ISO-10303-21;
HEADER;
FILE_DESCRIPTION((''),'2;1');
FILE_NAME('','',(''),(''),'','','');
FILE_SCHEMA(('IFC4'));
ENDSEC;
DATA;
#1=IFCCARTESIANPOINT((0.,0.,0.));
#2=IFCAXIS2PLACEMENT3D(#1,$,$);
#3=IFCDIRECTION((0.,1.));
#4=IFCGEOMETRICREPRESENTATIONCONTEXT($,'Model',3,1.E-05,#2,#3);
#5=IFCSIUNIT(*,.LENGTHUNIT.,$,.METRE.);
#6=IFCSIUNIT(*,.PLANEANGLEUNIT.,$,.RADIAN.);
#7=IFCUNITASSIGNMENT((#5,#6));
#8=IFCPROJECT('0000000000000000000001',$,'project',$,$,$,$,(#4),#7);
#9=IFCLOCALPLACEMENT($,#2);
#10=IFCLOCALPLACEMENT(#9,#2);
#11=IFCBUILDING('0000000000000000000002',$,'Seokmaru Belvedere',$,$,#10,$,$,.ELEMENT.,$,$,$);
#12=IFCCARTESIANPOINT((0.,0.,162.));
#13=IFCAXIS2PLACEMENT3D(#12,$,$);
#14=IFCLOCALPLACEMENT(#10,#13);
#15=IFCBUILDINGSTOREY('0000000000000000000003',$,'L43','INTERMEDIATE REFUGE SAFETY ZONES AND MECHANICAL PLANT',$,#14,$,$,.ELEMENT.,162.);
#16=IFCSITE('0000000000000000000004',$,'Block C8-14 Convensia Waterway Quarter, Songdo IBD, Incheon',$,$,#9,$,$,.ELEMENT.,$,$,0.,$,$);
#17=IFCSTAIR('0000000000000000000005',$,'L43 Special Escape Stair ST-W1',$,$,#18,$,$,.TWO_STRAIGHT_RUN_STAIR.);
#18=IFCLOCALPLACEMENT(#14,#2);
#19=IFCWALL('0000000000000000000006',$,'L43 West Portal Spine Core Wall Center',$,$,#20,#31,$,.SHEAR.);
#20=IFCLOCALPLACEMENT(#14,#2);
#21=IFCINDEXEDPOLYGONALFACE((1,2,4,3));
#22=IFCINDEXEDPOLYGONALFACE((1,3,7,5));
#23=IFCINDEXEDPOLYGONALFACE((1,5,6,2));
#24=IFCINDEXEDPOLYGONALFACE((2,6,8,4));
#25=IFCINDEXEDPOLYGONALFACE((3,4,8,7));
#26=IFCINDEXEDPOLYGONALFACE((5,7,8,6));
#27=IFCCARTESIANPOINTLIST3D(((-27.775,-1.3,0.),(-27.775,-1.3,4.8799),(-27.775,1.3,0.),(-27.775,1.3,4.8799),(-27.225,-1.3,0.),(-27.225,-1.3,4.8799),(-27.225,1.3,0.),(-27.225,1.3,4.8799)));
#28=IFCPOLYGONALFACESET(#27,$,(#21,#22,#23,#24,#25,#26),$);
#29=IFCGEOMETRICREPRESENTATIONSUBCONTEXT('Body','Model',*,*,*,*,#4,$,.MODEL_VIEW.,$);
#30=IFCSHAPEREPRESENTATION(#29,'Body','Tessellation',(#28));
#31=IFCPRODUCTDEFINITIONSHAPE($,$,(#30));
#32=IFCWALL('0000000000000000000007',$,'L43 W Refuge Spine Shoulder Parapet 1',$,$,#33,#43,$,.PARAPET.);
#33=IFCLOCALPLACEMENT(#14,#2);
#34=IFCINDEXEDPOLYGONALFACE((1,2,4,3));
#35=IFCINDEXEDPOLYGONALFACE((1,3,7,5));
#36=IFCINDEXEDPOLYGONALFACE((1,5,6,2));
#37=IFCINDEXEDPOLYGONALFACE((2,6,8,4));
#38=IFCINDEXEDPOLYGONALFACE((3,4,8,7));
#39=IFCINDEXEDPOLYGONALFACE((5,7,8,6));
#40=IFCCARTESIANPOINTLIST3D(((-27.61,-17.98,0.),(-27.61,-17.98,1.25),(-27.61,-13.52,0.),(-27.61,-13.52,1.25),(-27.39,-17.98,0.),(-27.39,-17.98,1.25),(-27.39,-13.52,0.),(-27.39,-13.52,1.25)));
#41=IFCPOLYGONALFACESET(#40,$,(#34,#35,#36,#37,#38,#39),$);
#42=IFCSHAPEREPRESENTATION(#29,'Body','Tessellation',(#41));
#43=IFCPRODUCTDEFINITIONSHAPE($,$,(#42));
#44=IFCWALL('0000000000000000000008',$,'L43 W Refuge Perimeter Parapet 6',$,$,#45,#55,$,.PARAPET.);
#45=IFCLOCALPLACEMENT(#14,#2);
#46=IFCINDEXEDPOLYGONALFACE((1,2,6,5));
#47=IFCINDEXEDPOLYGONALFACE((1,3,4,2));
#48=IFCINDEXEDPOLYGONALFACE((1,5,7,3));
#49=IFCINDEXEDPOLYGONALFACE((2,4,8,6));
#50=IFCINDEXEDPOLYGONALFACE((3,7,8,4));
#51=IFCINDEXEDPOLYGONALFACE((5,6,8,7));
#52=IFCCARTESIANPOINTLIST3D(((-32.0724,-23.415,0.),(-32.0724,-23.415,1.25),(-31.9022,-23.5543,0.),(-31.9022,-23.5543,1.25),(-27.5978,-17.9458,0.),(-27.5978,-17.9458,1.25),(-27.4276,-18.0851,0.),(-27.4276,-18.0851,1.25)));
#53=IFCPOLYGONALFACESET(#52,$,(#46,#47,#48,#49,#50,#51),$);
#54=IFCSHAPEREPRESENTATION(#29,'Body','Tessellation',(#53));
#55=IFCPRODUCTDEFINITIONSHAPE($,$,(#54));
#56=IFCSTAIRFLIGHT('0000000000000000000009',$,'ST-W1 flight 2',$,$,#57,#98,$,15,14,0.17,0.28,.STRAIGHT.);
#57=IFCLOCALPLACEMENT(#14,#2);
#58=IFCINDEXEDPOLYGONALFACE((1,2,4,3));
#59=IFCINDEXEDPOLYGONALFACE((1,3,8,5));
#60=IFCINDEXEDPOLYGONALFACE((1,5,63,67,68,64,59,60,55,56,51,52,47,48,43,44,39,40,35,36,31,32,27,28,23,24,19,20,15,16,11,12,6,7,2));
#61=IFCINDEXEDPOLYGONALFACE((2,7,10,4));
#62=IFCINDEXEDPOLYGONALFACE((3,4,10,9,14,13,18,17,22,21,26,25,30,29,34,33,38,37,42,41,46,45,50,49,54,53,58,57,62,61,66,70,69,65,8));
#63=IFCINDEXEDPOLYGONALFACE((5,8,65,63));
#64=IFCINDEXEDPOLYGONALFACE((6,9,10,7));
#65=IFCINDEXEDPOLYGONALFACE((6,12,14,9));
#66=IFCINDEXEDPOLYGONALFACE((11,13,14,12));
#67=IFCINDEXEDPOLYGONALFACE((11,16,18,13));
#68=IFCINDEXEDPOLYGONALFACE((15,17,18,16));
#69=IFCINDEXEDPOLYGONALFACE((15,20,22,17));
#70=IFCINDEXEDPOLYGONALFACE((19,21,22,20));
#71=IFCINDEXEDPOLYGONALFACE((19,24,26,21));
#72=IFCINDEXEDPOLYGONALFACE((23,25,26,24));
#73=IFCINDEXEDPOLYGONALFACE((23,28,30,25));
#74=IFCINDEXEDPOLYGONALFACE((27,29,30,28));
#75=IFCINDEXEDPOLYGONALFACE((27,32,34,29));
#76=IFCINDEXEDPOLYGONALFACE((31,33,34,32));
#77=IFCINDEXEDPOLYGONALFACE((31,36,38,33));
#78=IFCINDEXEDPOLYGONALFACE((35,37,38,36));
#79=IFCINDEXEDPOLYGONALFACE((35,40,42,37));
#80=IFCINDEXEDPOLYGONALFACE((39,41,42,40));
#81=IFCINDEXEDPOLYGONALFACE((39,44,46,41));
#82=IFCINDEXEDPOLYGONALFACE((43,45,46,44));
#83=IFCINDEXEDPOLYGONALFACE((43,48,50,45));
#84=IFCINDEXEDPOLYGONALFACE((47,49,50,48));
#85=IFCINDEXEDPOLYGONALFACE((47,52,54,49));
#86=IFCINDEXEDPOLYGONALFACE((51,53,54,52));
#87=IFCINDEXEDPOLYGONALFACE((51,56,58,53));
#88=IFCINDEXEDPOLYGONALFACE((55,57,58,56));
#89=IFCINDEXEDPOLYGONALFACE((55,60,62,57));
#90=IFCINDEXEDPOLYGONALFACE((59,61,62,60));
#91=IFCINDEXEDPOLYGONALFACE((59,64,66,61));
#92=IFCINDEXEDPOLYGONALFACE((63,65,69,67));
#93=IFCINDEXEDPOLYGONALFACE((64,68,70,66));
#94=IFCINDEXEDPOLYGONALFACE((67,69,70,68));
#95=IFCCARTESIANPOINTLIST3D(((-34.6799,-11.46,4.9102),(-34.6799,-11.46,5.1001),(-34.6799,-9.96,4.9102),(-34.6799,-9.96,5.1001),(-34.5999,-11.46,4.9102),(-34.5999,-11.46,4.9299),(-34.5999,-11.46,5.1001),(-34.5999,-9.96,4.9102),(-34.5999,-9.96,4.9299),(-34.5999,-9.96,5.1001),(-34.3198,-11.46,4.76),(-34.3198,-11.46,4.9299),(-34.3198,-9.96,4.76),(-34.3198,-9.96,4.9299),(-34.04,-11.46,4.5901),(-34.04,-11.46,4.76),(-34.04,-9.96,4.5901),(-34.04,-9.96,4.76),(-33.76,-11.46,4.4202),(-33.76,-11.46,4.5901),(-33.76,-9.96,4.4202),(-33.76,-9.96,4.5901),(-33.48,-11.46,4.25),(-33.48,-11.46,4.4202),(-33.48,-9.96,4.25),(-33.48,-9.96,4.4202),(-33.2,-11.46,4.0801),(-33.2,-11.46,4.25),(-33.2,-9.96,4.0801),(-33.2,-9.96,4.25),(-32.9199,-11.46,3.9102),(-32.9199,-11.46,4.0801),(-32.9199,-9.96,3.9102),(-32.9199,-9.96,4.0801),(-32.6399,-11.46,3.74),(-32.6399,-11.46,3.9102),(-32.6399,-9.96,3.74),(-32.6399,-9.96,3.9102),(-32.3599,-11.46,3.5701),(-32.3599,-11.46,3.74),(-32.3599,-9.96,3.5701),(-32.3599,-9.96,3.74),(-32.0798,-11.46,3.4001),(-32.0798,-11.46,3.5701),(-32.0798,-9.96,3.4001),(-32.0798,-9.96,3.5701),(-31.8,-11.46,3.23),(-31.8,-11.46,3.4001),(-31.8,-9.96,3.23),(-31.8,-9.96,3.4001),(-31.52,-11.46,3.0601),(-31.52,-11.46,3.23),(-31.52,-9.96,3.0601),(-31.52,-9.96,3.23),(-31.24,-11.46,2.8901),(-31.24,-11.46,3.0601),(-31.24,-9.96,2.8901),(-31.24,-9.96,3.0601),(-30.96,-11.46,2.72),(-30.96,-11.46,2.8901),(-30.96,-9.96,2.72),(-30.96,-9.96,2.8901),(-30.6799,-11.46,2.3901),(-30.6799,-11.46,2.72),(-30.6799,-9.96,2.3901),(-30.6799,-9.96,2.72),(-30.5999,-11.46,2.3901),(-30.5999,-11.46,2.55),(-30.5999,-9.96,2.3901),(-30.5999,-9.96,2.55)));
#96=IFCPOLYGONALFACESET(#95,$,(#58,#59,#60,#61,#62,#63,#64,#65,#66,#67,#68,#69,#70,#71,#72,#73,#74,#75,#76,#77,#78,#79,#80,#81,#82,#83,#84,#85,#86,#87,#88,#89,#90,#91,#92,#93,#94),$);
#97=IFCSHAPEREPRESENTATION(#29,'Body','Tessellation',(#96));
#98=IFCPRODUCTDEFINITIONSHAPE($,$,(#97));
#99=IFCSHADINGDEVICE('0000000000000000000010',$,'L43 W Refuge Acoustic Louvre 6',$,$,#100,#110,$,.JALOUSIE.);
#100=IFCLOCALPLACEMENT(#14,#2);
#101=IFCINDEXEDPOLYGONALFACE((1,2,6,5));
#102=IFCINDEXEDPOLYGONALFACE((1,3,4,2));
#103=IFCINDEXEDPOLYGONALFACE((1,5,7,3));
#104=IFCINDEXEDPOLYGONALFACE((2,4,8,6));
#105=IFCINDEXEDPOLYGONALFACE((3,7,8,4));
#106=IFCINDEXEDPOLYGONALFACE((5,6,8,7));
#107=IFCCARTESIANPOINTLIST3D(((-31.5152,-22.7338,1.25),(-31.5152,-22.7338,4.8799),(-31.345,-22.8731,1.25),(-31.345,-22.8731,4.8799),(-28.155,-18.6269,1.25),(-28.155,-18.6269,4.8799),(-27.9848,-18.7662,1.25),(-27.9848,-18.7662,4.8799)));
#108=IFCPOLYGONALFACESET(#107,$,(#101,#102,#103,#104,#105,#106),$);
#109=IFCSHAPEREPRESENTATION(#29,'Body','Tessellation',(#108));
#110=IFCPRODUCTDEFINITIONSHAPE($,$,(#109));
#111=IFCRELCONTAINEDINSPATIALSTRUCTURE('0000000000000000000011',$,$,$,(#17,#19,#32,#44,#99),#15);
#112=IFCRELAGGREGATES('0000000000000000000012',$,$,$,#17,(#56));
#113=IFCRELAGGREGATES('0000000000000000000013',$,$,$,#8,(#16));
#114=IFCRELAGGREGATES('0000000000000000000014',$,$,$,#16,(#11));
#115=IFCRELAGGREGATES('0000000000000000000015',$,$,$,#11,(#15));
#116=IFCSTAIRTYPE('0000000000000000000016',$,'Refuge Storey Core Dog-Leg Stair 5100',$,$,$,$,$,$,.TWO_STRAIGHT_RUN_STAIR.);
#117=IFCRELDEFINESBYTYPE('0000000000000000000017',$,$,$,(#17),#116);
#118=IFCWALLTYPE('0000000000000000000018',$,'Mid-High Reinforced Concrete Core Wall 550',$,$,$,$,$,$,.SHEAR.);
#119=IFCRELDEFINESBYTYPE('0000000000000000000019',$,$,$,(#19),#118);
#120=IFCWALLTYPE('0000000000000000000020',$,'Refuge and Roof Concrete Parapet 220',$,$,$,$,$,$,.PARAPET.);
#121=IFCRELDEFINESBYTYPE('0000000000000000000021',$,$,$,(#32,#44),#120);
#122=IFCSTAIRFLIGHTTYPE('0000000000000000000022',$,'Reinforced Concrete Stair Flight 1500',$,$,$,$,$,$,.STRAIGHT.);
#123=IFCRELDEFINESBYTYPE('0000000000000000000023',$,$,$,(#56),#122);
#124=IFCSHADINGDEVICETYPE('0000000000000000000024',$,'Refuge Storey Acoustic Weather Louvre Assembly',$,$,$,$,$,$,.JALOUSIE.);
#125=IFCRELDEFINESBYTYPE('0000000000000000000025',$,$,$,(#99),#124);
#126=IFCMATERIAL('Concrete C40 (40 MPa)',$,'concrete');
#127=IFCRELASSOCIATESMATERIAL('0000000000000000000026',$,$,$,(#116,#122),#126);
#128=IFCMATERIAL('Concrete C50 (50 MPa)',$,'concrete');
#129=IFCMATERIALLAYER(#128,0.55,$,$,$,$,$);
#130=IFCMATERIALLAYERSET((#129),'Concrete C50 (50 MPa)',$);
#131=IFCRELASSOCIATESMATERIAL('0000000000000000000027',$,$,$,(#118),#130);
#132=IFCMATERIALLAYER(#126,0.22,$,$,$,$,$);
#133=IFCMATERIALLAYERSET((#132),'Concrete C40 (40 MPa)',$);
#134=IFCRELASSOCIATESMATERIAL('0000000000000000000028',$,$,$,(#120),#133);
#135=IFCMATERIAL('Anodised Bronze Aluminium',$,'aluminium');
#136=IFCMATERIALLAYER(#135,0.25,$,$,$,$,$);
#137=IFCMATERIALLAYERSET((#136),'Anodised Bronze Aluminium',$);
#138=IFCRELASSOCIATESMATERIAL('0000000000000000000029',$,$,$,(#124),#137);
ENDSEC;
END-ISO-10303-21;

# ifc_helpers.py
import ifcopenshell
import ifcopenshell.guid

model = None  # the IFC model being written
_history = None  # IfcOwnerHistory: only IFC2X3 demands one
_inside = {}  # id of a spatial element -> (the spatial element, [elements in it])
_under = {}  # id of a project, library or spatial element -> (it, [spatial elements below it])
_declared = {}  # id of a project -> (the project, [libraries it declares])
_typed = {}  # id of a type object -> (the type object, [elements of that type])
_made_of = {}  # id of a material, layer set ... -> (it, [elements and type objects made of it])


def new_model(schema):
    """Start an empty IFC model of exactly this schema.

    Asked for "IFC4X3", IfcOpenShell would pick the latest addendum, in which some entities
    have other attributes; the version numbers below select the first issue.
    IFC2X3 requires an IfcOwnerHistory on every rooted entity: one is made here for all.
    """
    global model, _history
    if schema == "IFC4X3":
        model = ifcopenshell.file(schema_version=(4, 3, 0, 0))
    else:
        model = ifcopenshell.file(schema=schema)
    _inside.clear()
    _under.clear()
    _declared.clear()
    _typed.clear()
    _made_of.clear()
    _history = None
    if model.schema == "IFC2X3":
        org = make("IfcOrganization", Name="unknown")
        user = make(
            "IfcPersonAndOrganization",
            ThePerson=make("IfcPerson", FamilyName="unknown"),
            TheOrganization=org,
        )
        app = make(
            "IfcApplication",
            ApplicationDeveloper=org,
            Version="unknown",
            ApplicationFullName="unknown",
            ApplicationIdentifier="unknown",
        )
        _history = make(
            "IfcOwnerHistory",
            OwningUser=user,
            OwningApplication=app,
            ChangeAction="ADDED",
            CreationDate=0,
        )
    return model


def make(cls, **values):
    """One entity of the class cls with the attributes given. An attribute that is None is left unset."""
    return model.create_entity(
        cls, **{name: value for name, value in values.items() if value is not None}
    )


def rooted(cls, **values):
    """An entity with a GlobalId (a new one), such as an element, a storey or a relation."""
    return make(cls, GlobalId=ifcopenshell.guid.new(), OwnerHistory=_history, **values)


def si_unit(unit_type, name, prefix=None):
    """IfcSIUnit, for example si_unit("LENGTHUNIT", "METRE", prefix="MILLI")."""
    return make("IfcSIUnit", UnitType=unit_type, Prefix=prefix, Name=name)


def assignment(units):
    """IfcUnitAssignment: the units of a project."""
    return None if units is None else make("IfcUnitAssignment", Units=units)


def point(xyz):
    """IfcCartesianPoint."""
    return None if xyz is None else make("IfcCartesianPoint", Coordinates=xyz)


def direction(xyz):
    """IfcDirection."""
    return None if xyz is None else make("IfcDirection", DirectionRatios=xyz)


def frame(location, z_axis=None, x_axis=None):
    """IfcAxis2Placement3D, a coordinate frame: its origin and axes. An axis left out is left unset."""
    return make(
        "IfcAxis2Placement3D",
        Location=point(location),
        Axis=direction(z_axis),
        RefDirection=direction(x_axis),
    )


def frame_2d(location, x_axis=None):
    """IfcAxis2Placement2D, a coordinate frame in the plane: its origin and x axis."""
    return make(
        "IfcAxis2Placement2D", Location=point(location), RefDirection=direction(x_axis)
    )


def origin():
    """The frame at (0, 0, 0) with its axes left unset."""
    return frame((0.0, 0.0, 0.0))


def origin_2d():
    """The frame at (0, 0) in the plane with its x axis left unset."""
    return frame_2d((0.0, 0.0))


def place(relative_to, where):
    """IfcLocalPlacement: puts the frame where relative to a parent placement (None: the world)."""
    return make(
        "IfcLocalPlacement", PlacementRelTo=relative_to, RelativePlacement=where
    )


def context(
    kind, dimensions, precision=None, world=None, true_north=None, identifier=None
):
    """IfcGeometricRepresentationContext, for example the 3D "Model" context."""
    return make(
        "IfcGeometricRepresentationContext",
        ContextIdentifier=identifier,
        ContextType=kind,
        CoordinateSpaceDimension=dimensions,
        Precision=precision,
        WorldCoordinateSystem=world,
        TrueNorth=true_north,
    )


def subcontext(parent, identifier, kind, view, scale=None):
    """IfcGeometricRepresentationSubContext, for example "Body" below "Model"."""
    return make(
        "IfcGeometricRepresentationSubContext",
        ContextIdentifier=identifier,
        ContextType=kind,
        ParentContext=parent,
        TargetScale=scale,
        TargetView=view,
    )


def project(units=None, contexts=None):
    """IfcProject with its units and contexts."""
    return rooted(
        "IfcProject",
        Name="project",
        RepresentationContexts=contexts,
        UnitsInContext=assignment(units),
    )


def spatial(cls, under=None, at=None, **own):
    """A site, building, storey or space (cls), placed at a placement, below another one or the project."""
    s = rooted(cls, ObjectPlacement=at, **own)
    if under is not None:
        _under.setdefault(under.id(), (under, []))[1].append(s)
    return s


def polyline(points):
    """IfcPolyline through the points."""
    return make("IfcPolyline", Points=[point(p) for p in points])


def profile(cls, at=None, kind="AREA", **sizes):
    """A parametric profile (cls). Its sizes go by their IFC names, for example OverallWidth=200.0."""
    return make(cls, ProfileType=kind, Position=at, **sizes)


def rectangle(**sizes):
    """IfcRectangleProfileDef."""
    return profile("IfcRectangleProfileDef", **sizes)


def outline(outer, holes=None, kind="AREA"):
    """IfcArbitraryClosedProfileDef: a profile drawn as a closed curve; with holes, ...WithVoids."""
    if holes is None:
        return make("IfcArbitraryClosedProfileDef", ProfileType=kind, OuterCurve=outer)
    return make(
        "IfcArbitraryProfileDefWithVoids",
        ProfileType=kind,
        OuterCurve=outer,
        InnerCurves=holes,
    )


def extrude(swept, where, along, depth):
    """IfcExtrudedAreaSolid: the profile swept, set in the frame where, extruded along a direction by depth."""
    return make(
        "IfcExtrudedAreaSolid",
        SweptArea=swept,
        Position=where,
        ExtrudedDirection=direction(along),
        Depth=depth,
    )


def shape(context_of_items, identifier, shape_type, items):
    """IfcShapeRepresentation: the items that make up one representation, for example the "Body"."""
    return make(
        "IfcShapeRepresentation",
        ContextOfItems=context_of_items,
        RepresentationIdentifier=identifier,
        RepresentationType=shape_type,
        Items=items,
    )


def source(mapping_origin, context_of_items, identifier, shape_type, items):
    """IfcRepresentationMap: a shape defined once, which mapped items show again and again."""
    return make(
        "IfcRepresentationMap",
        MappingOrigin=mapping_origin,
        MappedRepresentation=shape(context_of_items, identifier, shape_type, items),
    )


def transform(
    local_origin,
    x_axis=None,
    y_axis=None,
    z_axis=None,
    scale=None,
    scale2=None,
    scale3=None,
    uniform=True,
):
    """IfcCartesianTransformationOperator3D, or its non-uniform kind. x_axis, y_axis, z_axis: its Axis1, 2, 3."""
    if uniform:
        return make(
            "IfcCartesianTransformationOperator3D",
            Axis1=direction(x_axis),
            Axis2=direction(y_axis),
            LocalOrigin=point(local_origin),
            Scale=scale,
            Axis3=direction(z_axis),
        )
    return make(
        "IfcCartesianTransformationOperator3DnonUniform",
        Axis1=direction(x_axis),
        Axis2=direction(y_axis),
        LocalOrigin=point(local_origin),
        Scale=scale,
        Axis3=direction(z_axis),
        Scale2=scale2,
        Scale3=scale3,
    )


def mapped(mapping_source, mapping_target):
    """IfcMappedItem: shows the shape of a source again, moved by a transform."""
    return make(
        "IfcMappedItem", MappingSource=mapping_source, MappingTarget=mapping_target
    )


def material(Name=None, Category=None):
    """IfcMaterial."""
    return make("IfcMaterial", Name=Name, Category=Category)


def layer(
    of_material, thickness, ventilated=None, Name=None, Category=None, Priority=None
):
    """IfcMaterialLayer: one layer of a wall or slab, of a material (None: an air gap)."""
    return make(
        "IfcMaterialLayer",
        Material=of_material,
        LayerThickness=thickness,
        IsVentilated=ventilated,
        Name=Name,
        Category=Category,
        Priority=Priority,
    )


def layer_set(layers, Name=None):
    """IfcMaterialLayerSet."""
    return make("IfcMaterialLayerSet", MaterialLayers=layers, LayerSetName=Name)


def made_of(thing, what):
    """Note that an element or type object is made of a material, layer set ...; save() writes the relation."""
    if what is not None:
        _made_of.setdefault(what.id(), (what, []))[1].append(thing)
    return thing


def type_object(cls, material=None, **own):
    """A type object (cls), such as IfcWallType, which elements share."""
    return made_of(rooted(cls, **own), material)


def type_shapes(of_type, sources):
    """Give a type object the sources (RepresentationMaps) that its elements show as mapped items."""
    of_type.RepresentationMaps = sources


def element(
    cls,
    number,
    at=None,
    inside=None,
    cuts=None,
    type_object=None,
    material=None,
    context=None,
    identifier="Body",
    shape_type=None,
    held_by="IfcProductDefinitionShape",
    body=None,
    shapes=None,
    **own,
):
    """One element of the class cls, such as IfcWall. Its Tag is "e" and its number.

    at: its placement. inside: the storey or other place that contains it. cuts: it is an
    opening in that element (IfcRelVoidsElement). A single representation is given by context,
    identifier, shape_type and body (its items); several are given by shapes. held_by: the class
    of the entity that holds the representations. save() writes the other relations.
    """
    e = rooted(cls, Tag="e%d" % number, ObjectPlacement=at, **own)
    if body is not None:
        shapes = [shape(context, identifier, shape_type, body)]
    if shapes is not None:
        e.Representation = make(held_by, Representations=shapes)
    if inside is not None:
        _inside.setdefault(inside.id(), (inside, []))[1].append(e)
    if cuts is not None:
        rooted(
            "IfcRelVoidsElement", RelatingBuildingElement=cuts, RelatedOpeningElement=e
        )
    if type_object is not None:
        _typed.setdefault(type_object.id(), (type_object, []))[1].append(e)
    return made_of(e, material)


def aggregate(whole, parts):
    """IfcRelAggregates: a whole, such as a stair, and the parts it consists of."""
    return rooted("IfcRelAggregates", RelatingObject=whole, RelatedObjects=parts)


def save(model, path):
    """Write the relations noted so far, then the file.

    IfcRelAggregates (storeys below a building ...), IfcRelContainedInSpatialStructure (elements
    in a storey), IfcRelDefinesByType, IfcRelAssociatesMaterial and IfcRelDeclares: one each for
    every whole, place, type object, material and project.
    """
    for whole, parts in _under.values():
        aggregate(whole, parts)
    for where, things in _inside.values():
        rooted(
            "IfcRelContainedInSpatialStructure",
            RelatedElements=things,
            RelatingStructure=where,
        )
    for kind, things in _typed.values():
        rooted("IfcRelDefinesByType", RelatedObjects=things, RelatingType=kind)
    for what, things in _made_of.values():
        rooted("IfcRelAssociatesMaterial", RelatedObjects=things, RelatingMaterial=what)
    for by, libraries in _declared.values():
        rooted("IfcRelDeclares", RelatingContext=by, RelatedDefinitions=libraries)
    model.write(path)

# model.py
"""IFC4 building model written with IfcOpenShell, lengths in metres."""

from ifc_helpers import new_model, si_unit, direction, frame, frame_2d, origin, origin_2d, place, context, subcontext, project, spatial, polyline, rectangle, outline, extrude, source, transform, mapped, material, layer, layer_set, type_object, type_shapes, element, aggregate, save


model = new_model("IFC4")

# Units and contexts
model_context = context("Model", 3, precision=1e-05, world=origin(), true_north=direction((0.0, 1.0)))
body_context = subcontext(model_context, "Body", "Model", "MODEL_VIEW")
ifc_project = project(units=[si_unit("LENGTHUNIT", "METRE"), si_unit("PLANEANGLEUNIT", "RADIAN")], contexts=[model_context])

# Site, building, storey
site_placement = place(None, origin())
site = spatial("IfcSite", under=ifc_project, at=site_placement, Name="Block C8-14 Convensia Waterway Quarter, Songdo IBD, Incheon", CompositionType="ELEMENT", RefElevation=0.0)
building_placement = place(site_placement, origin())
building = spatial("IfcBuilding", under=site, at=building_placement, Name="Seokmaru Belvedere", CompositionType="ELEMENT")
storey_placement = place(building_placement, frame((0.0, 0.0, 162.0)))
storey = spatial("IfcBuildingStorey", under=building, at=storey_placement, Name="L43", Description="INTERMEDIATE REFUGE SAFETY ZONES AND MECHANICAL PLANT", CompositionType="ELEMENT", Elevation=162.0)

# Shared definitions
ifc_material_1 = material(Name="Concrete C50 (50 MPa)", Category="concrete")

# Stair
ifc_material_2 = material(Name="Concrete C40 (40 MPa)", Category="concrete")
stair_type = type_object("IfcStairType", Name="Refuge Storey Core Dog-Leg Stair 5100", PredefinedType="TWO_STRAIGHT_RUN_STAIR", material=ifc_material_2)
stair_placement = place(storey_placement, origin())
stair = element("IfcStair", 1, at=stair_placement, inside=storey, type_object=stair_type, Name="L43 Special Escape Stair ST-W1", PredefinedType="TWO_STRAIGHT_RUN_STAIR")

# Walls
ifc_layer_1 = layer(ifc_material_1, 0.55)
ifc_layer_set_1 = layer_set([ifc_layer_1], Name="Concrete C50 (50 MPa)")
wall_type_1 = type_object("IfcWallType", Name="Mid-High Reinforced Concrete Core Wall 550", PredefinedType="SHEAR", material=ifc_layer_set_1)
wall_1_placement = place(storey_placement, frame((-27.5, -1.3, 0.0), z_axis=(0.0, 0.0, 1.0), x_axis=(0.0, 1.0, 0.0)))
element("IfcWall", 2, at=wall_1_placement, inside=storey, type_object=wall_type_1, Name="L43 West Portal Spine Core Wall Center", PredefinedType="SHEAR", context=body_context, shape_type="SweptSolid", body=[
    extrude(rectangle(XDim=2.6001, YDim=0.55, at=frame_2d((1.3, 0.0))), origin(), (0.0, 0.0, 1.0), 4.8799),
])
ifc_layer_2 = layer(ifc_material_2, 0.22)
ifc_layer_set_2 = layer_set([ifc_layer_2], Name="Concrete C40 (40 MPa)")
wall_type_2 = type_object("IfcWallType", Name="Refuge and Roof Concrete Parapet 220", PredefinedType="PARAPET", material=ifc_layer_set_2)
wall_2_placement = place(storey_placement, frame((-27.5, -17.98, 0.0), z_axis=(0.0, 0.0, 1.0), x_axis=(0.0, 1.0, 0.0)))
element("IfcWall", 3, at=wall_2_placement, inside=storey, type_object=wall_type_2, Name="L43 W Refuge Spine Shoulder Parapet 1", PredefinedType="PARAPET", context=body_context, shape_type="SweptSolid", body=[
    extrude(rectangle(XDim=4.46, YDim=0.22, at=frame_2d((2.23, 0.0))), origin(), (0.0, 0.0, 1.0), 1.25),
])
wall_3_placement = place(storey_placement, frame((-31.9873, -23.4846, 0.0), z_axis=(0.0, 0.0, 1.0), x_axis=(0.633219, 0.773973, 0.0)))
element("IfcWall", 4, at=wall_3_placement, inside=storey, type_object=wall_type_2, Name="L43 W Refuge Perimeter Parapet 6", PredefinedType="PARAPET", context=body_context, shape_type="SweptSolid", body=[
    extrude(rectangle(XDim=7.0664, YDim=0.22, at=frame_2d((3.5332, 0.0))), origin(), (0.0, 0.0, 1.0), 1.25),
])

# Stair flight
stair_flight_type = type_object("IfcStairFlightType", Name="Reinforced Concrete Stair Flight 1500", PredefinedType="STRAIGHT", material=ifc_material_2)
stair_flight_placement = place(storey_placement, frame((-30.6799, -10.71, 2.55), z_axis=(0.0, 0.0, 1.0), x_axis=(-1.0, 0.0, 0.0)))
stair_flight = element("IfcStairFlight", 5, at=stair_flight_placement, type_object=stair_flight_type, Name="ST-W1 flight 2", NumberOfRisers=15, NumberOfTreads=14, PredefinedType="STRAIGHT", RiserHeight=0.17, TreadLength=0.28, context=body_context, shape_type="SweptSolid", body=[
    extrude(outline(polyline([(-0.0801, 0.0), (0.0, 0.1699), (0.28, 0.1699), (0.28, 0.3401), (0.5601, 0.3401), (0.5601, 0.51), (0.8401, 0.51), (0.8401, 0.6799), (1.1201, 0.6799), (1.1201, 0.8501), (1.3999, 0.8501), (1.3999, 1.02), (1.6799, 1.02), (1.6799, 1.1899), (1.96, 1.1899), (1.96, 1.3601), (2.24, 1.3601), (2.24, 1.53), (2.52, 1.53), (2.52, 1.7), (2.8, 1.7), (2.8, 1.8701), (3.0801, 1.8701), (3.0801, 2.04), (3.3601, 2.04), (3.3601, 2.21), (3.6399, 2.21), (3.6399, 2.3799), (3.9199, 2.3799), (3.9199, 2.55), (4.0, 2.55), (4.0, 2.3601), (3.9199, 2.3601), (0.0, -0.1599), (-0.0801, -0.1599), (-0.0801, 0.0)])), frame((0.0, 0.75, 0.0), z_axis=(0.0, -1.0, 0.0), x_axis=(1.0, 0.0, 0.0)), (0.0, 0.0, 1.0), 1.5),
])
aggregate(stair, [stair_flight])

# Shading device
ifc_material_3 = material(Name="Anodised Bronze Aluminium", Category="aluminium")
ifc_layer_3 = layer(ifc_material_3, 0.25)
ifc_layer_set_3 = layer_set([ifc_layer_3], Name="Anodised Bronze Aluminium")
shading_device_type = type_object("IfcShadingDeviceType", Name="Refuge Storey Acoustic Weather Louvre Assembly", PredefinedType="JALOUSIE", material=ifc_layer_set_3)
shared_shape_1 = source(origin(), body_context, "Body", "SweptSolid", [
    extrude(rectangle(XDim=5.3064, YDim=0.22, at=origin_2d()), origin(), (0.0, 0.0, 1.0), 3.6299),
])
type_shapes(shading_device_type, [shared_shape_1])
shading_device_placement = place(storey_placement, frame((-29.75, -20.75, 1.25), z_axis=(0.0, 0.0, 1.0), x_axis=(0.633238, 0.773957, 0.0)))
element("IfcShadingDevice", 6, at=shading_device_placement, inside=storey, type_object=shading_device_type, Name="L43 W Refuge Acoustic Louvre 6", PredefinedType="JALOUSIE", context=body_context, shape_type="MappedRepresentation", body=[
    mapped(shared_shape_1, transform((0.0, 0.0, 0.0), scale=1.0)),
])

save(model, "model.ifc")
